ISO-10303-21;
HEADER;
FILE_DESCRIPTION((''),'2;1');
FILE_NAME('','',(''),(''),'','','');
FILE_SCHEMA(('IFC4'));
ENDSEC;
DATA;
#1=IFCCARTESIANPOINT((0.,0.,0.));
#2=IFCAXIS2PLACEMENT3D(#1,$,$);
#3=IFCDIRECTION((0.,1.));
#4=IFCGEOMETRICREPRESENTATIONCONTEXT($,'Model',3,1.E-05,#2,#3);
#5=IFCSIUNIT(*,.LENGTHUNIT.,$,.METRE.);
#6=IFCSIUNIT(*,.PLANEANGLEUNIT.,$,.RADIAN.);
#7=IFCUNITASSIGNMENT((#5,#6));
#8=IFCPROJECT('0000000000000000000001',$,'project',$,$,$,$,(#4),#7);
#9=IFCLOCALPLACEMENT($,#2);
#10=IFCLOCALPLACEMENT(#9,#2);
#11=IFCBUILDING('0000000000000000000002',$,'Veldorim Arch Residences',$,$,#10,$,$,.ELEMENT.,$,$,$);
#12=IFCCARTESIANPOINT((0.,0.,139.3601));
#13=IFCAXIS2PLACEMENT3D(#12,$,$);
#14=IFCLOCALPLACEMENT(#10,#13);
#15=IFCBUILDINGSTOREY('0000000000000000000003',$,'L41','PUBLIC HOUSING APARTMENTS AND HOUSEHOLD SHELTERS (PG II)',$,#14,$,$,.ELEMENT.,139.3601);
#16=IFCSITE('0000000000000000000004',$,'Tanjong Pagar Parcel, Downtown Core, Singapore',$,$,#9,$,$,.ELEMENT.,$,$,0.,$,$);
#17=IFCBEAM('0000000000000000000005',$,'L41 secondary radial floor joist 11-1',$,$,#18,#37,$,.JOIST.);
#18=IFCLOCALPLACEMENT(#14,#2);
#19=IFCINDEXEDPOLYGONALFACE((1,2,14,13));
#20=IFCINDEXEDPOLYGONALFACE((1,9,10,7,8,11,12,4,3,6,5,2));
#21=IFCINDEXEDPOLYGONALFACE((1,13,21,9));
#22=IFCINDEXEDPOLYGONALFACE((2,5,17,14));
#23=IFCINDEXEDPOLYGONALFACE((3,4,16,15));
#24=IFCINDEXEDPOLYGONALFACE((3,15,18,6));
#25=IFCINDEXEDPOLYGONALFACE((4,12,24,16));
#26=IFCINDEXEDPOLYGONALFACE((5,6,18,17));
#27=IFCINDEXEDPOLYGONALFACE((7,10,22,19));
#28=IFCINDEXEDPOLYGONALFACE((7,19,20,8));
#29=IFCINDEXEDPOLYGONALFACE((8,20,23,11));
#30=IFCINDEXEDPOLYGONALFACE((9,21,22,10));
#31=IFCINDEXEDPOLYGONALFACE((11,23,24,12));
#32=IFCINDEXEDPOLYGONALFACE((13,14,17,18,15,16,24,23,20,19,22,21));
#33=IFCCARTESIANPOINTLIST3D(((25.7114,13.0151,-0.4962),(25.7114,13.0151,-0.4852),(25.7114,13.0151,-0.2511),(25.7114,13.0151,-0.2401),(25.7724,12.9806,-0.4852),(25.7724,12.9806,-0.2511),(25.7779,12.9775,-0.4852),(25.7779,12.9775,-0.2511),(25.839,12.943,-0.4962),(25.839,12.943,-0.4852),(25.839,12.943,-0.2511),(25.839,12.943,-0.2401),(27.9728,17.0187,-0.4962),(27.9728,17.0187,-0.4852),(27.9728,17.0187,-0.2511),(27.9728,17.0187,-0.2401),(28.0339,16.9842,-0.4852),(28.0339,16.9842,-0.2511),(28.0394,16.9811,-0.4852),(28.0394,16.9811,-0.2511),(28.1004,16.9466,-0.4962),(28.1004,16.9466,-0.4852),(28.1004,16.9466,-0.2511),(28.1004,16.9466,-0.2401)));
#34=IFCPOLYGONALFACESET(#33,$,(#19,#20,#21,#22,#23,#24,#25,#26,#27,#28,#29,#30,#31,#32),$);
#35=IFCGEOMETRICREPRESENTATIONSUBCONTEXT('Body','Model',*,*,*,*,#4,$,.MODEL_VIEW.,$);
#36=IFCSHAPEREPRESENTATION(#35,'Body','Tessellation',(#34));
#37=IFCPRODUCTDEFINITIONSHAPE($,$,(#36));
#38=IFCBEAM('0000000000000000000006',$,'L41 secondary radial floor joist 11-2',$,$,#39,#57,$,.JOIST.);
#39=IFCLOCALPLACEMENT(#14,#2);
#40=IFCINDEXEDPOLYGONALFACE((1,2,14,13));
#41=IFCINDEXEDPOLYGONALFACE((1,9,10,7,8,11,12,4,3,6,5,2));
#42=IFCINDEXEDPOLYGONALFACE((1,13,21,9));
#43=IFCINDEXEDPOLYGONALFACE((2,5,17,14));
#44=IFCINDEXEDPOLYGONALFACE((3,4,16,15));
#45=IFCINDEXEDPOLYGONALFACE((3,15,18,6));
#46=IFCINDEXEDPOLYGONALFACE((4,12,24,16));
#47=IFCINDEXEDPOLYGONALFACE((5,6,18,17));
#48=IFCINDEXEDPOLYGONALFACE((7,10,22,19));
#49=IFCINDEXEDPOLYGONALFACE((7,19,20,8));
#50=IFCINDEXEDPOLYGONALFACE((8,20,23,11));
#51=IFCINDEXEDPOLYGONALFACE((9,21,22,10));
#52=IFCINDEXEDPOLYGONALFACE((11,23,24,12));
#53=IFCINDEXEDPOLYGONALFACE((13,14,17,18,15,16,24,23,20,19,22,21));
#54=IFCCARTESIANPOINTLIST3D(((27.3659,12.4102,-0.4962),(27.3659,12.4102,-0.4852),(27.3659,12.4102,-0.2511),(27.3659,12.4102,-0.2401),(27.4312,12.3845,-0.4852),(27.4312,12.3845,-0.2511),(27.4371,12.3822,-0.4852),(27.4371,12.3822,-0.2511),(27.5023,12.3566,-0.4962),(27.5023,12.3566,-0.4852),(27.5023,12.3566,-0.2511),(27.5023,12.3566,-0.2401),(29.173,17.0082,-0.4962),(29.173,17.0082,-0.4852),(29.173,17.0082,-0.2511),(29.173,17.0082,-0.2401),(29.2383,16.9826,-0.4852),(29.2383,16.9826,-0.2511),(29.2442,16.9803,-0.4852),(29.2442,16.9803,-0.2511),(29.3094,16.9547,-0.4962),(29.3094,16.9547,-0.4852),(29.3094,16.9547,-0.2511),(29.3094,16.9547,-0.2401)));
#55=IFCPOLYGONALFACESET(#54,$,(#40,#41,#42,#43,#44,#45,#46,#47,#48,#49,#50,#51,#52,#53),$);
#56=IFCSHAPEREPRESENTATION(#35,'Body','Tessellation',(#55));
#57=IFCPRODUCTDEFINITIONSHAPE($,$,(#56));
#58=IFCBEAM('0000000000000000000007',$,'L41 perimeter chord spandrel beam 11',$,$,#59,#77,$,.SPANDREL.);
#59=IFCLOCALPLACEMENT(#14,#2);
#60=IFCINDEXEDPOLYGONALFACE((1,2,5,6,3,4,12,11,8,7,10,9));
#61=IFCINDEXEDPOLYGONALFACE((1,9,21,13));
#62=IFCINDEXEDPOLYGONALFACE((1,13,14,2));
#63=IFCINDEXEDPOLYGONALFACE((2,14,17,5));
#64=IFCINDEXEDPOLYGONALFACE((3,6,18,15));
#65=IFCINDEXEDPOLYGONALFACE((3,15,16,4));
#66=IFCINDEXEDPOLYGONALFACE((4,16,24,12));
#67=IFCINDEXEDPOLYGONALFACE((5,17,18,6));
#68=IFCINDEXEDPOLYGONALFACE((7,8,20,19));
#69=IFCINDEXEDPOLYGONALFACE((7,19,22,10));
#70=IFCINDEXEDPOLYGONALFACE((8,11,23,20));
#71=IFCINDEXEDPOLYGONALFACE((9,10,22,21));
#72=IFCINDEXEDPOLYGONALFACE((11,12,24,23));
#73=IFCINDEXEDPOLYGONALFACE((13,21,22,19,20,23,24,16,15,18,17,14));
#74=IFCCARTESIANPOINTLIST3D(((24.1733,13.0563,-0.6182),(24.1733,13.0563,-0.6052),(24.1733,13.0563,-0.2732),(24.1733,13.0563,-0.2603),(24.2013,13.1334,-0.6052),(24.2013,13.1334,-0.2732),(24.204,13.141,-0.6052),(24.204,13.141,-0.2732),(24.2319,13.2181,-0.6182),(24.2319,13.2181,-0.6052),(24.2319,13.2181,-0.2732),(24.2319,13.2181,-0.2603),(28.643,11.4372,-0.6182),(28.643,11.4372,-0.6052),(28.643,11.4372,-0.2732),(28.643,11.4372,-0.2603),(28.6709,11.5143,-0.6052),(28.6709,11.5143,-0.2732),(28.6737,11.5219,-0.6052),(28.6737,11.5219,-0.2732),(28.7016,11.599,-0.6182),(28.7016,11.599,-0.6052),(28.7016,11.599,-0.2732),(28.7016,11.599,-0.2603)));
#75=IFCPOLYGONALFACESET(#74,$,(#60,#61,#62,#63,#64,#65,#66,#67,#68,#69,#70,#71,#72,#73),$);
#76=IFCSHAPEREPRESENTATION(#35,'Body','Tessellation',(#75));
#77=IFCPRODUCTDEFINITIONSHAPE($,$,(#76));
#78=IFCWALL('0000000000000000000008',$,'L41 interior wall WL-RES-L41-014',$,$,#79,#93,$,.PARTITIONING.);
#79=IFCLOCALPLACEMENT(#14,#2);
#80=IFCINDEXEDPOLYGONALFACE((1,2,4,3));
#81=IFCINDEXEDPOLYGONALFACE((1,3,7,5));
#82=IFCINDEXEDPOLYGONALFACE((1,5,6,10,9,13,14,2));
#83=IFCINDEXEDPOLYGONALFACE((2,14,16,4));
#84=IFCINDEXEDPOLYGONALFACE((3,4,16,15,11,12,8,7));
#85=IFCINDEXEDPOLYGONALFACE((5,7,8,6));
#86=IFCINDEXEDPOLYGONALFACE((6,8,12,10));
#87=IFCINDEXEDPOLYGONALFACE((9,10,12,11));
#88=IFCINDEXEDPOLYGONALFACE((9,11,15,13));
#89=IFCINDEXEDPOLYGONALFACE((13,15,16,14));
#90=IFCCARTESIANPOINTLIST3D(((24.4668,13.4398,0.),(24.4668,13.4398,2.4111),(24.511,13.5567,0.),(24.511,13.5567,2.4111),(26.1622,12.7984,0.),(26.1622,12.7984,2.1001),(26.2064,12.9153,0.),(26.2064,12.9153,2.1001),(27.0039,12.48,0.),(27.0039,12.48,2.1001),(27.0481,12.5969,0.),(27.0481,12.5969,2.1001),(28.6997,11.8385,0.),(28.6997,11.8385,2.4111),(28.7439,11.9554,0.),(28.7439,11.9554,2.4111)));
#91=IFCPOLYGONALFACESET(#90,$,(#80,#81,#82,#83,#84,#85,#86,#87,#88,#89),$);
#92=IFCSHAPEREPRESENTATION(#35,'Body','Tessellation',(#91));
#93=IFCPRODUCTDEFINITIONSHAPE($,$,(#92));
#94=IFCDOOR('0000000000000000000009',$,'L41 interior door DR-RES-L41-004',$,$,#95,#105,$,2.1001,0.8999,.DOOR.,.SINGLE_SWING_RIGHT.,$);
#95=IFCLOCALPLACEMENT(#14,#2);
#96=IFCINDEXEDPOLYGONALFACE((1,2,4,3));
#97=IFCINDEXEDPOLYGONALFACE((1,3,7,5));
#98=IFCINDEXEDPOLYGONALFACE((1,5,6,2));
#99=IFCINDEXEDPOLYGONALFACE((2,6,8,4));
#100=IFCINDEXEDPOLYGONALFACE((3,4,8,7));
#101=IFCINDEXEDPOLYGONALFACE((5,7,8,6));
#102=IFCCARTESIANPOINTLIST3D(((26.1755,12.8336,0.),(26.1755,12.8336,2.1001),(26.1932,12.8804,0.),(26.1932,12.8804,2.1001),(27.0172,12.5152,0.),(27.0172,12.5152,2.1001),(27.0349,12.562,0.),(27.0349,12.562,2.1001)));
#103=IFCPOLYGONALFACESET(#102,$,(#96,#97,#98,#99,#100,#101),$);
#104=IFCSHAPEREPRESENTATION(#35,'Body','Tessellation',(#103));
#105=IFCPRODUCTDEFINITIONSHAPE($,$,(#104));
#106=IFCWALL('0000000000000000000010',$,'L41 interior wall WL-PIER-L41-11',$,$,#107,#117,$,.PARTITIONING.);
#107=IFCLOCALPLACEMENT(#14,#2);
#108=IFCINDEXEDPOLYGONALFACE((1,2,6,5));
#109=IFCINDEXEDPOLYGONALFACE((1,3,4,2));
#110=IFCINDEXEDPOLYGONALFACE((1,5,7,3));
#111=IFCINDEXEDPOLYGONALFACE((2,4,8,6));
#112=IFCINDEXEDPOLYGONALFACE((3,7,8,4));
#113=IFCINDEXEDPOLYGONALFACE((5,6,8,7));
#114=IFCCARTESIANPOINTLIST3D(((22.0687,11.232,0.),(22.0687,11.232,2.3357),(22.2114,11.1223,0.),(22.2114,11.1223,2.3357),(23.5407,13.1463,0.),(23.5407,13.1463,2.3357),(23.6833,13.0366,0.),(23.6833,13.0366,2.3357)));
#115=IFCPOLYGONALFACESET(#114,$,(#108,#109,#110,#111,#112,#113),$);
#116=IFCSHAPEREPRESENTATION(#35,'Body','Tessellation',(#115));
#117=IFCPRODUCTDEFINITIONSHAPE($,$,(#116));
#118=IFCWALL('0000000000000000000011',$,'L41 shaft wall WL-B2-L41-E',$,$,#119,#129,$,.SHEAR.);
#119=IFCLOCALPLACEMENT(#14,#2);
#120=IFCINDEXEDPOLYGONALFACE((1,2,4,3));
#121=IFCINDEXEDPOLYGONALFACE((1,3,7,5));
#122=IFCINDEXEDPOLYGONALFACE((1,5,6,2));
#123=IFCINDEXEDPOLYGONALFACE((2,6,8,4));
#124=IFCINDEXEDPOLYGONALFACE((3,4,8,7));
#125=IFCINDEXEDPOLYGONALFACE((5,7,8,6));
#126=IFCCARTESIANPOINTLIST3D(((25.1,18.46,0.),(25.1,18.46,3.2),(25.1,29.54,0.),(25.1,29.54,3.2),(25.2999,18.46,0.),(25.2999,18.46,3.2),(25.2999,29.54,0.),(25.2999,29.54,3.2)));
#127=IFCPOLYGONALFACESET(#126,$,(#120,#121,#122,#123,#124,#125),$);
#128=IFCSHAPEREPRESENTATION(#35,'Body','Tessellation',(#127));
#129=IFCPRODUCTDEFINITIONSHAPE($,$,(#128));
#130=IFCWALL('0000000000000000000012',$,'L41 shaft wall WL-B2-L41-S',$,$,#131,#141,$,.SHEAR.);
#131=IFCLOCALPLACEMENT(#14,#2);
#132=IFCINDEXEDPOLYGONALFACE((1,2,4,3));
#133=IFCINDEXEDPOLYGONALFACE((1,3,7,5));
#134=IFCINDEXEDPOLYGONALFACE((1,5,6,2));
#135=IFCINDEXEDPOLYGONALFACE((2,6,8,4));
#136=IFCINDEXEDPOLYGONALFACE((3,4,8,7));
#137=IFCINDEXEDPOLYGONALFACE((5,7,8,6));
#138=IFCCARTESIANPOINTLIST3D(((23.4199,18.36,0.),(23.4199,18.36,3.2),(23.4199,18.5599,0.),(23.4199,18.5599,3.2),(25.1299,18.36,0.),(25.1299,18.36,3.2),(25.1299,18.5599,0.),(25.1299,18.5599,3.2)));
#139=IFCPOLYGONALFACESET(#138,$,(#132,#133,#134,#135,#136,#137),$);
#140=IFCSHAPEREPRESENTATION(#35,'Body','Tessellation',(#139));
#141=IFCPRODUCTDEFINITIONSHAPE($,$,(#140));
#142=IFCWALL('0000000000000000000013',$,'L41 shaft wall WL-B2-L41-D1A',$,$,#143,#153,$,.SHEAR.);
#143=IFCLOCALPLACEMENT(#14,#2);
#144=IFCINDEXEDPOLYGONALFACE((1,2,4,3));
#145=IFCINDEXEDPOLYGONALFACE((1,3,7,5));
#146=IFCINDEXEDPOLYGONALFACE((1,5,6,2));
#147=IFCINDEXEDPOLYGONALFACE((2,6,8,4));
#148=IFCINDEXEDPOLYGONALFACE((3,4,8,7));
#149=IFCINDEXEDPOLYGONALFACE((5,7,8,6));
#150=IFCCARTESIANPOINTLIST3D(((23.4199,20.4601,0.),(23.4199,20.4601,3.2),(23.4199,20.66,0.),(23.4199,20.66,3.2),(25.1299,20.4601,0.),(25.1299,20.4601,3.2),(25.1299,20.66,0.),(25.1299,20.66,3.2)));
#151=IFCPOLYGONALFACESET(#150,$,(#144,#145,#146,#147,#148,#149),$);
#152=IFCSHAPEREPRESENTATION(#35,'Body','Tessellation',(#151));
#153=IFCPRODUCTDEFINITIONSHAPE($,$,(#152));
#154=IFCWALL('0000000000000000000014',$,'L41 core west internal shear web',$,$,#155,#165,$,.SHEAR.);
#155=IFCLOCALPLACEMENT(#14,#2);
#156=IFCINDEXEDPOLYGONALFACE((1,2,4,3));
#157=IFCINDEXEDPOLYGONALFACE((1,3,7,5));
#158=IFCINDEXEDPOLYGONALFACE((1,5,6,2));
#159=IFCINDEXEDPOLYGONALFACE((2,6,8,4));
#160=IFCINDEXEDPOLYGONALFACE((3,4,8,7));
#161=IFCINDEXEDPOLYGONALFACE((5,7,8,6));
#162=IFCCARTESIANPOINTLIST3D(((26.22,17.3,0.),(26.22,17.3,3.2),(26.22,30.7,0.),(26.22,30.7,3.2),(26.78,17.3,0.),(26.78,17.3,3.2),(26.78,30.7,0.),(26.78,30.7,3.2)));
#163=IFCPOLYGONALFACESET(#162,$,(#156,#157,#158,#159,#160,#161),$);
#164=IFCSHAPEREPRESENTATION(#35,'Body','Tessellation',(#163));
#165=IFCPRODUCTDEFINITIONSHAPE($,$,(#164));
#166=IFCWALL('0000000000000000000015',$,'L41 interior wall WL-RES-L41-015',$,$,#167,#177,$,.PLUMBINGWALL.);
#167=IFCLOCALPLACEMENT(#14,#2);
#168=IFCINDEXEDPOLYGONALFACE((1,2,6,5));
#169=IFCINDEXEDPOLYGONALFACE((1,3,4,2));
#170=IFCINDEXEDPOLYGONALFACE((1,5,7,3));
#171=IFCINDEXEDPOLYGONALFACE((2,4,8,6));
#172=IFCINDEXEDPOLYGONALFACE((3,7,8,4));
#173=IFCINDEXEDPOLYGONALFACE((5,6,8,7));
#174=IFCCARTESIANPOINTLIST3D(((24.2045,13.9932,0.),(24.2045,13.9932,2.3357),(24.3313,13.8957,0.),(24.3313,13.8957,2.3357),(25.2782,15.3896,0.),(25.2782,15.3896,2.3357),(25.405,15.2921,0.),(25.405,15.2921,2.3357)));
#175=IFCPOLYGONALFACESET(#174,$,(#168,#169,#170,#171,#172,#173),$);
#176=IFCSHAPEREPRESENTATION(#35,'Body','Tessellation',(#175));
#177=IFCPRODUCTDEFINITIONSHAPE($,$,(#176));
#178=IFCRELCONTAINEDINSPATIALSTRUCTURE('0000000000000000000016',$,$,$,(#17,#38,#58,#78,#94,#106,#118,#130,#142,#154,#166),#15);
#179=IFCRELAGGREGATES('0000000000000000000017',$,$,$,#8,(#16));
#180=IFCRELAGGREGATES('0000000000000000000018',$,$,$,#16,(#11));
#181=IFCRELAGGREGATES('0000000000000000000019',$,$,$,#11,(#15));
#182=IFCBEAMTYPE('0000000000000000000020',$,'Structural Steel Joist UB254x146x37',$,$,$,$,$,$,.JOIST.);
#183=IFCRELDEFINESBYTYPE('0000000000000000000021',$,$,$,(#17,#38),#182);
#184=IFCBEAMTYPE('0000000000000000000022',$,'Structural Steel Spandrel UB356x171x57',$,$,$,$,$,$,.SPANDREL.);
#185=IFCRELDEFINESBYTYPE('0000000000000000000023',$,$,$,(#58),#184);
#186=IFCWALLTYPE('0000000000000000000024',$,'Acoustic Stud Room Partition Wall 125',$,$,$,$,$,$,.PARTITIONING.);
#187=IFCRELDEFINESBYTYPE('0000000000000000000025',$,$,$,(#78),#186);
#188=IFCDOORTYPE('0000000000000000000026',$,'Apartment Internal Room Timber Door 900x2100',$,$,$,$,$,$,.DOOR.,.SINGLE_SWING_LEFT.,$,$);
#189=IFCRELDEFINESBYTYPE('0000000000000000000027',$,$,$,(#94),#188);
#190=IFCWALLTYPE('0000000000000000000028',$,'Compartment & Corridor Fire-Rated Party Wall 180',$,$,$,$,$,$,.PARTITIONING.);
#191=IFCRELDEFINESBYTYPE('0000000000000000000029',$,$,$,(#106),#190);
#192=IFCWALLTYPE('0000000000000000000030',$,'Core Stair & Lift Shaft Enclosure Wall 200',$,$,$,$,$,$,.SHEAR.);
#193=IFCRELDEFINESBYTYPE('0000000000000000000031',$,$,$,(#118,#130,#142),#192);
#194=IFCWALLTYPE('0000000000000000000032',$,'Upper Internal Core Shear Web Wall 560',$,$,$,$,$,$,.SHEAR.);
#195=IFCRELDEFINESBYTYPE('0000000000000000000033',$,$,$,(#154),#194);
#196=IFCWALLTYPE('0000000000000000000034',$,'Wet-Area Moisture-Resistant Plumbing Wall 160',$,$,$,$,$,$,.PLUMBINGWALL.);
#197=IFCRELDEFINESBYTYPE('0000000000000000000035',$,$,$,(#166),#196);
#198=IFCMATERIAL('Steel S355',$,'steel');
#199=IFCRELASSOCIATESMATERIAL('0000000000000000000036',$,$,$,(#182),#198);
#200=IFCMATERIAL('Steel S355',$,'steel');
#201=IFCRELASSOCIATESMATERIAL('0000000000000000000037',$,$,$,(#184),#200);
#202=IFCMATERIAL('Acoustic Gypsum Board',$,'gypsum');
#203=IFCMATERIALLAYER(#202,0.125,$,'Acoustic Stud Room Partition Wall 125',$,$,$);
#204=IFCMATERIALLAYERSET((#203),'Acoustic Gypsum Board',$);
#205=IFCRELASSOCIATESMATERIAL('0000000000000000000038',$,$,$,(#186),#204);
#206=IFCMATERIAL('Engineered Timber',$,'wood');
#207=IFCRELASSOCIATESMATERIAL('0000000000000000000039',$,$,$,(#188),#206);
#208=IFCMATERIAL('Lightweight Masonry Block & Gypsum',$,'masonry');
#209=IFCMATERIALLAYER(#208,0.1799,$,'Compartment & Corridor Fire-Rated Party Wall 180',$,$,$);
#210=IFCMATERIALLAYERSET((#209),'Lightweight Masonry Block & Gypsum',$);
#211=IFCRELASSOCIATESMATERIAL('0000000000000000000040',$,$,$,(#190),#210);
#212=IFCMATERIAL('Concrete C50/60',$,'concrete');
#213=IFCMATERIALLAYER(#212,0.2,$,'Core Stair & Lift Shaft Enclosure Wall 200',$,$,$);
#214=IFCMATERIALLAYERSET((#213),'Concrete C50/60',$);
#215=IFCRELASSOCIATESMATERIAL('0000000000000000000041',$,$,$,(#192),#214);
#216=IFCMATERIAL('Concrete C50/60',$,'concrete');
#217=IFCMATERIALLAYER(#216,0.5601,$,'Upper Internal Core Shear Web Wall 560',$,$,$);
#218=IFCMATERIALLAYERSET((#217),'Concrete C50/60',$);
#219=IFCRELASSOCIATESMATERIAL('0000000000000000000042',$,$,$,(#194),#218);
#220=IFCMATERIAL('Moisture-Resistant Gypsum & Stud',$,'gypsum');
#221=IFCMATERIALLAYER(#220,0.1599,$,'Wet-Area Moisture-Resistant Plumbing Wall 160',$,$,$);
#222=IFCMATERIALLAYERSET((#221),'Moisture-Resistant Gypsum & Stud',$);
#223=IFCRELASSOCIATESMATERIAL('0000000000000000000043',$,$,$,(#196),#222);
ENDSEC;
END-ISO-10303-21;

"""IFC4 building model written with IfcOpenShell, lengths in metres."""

from ifc_helpers import new_model, si_unit, direction, frame, frame_2d, origin, origin_2d, place, context, subcontext, project, spatial, rectangle, i_section, extrude, material, layer, layer_set, material_profile, profile_set, type_object, element, fill, save


model = new_model("IFC4")

# Units and contexts
model_context = context("Model", 3, precision=1e-05, world=origin(), true_north=direction((0.0, 1.0)))
body_context = subcontext(model_context, "Body", "Model", "MODEL_VIEW")
ifc_project = project(units=[si_unit("LENGTHUNIT", "METRE"), si_unit("PLANEANGLEUNIT", "RADIAN")], contexts=[model_context])

# Site, building, storey
site_placement = place(None, origin())
site = spatial("IfcSite", under=ifc_project, at=site_placement, Name="Tanjong Pagar Parcel, Downtown Core, Singapore", CompositionType="ELEMENT", RefElevation=0.0)
building_placement = place(site_placement, origin())
building = spatial("IfcBuilding", under=site, at=building_placement, Name="Veldorim Arch Residences", CompositionType="ELEMENT")
storey_placement = place(building_placement, frame((0.0, 0.0, 139.3601)))
storey = spatial("IfcBuildingStorey", under=building, at=storey_placement, Name="L41", Description="PUBLIC HOUSING APARTMENTS AND HOUSEHOLD SHELTERS (PG II)", CompositionType="ELEMENT", Elevation=139.3601)

# Beams
ifc_material_1 = material(Name="Steel S355", Category="steel")
ifc_material_profile_1 = material_profile(ifc_material_1, i_section(OverallWidth=0.1465, OverallDepth=0.2561, WebThickness=0.0063, FlangeThickness=0.011, at=origin_2d()), Name="UB254x146x37")
ifc_profile_set_1 = profile_set([ifc_material_profile_1], Name="Steel S355")
beam_type_1 = type_object("IfcBeamType", Name="Structural Steel Joist UB254x146x37", PredefinedType="JOIST", material=ifc_profile_set_1)
beam_1_placement = place(storey_placement, frame((28.0366, 16.9827, -0.3682), z_axis=(-0.491816, -0.870699, 0.0), x_axis=(0.870699, -0.491816, 0.0)))
element("IfcBeam", 1, at=beam_1_placement, inside=storey, type_object=beam_type_1, Name="L41 secondary radial floor joist 11-1", PredefinedType="JOIST", context=body_context, shape_type="SweptSolid", body=[
    extrude(i_section(OverallWidth=0.1465, OverallDepth=0.2561, WebThickness=0.0063, FlangeThickness=0.011, at=origin_2d()), origin(), (0.0, 0.0, 1.0), 4.5981),
])
beam_2_placement = place(storey_placement, frame((29.2412, 16.9814, -0.3682), z_axis=(-0.365778, -0.930702, 0.0), x_axis=(0.930702, -0.365778, 0.0)))
element("IfcBeam", 2, at=beam_2_placement, inside=storey, type_object=beam_type_1, Name="L41 secondary radial floor joist 11-2", PredefinedType="JOIST", context=body_context, shape_type="SweptSolid", body=[
    extrude(i_section(OverallWidth=0.1465, OverallDepth=0.2561, WebThickness=0.0063, FlangeThickness=0.011, at=origin_2d()), origin(), (0.0, 0.0, 1.0), 4.9404),
])
ifc_material_2 = material(Name="Steel S355", Category="steel")
ifc_material_profile_2 = material_profile(ifc_material_2, i_section(OverallWidth=0.1721, OverallDepth=0.3579, WebThickness=0.0081, FlangeThickness=0.0129, at=origin_2d()), Name="UB356x171x57")
ifc_profile_set_2 = profile_set([ifc_material_profile_2], Name="Steel S355")
beam_type_2 = type_object("IfcBeamType", Name="Structural Steel Spandrel UB356x171x57", PredefinedType="SPANDREL", material=ifc_profile_set_2)
beam_3_placement = place(storey_placement, frame((24.2026, 13.1372, -0.4392), z_axis=(0.940213, -0.340588, 0.0), x_axis=(0.340588, 0.940213, 0.0)))
element("IfcBeam", 3, at=beam_3_placement, inside=storey, type_object=beam_type_2, Name="L41 perimeter chord spandrel beam 11", PredefinedType="SPANDREL", context=body_context, shape_type="SweptSolid", body=[
    extrude(i_section(OverallWidth=0.1721, OverallDepth=0.3579, WebThickness=0.0081, FlangeThickness=0.0129, at=origin_2d()), origin(), (0.0, 0.0, 1.0), 4.7539),
])

# Wall, opening, door
ifc_material_3 = material(Name="Acoustic Gypsum Board", Category="gypsum")
ifc_layer_1 = layer(ifc_material_3, 0.125, Name="Acoustic Stud Room Partition Wall 125")
ifc_layer_set_1 = layer_set([ifc_layer_1], Name="Acoustic Gypsum Board")
wall_type_1 = type_object("IfcWallType", Name="Acoustic Stud Room Partition Wall 125", PredefinedType="PARTITIONING", material=ifc_layer_set_1)
wall_1_placement = place(storey_placement, frame((28.7217, 11.897, 0.0), z_axis=(0.0, 0.0, 1.0), x_axis=(-0.93531, 0.35383, 0.0)))
wall_1 = element("IfcWall", 4, at=wall_1_placement, inside=storey, type_object=wall_type_1, Name="L41 interior wall WL-RES-L41-014", PredefinedType="PARTITIONING", context=body_context, shape_type="SweptSolid", body=[
    extrude(rectangle(XDim=4.5256, YDim=0.125, at=frame_2d((2.2627, 0.0))), origin(), (0.0, 0.0, 1.0), 2.4111),
])
opening_1_placement = place(wall_1_placement, frame((1.813, 0.0, 0.0)))
opening_1 = element("IfcOpeningElement", 5, at=opening_1_placement, cuts=wall_1, PredefinedType="OPENING", context=body_context, shape_type="SweptSolid", body=[
    extrude(rectangle(XDim=0.8999, YDim=2.1001, at=frame_2d((0.45, 1.05))), frame((0.0, 0.0725, 0.0), z_axis=(0.0, -1.0, 0.0), x_axis=(1.0, 0.0, 0.0)), (0.0, 0.0, 1.0), 0.145),
])
ifc_material_4 = material(Name="Engineered Timber", Category="wood")
door_type_1 = type_object("IfcDoorType", Name="Apartment Internal Room Timber Door 900x2100", OperationType="SINGLE_SWING_LEFT", PredefinedType="DOOR", material=ifc_material_4)
door_1_placement = place(opening_1_placement, origin())
door_1 = element("IfcDoor", 6, at=door_1_placement, inside=storey, type_object=door_type_1, Name="L41 interior door DR-RES-L41-004", OperationType="SINGLE_SWING_RIGHT", OverallHeight=2.1001, OverallWidth=0.8999, PredefinedType="DOOR", context=body_context, shape_type="SweptSolid", body=[
    extrude(rectangle(XDim=0.8999, YDim=2.1001, at=frame_2d((0.45, 1.05))), frame((0.0, 0.0249, 0.0), z_axis=(0.0, -1.0, 0.0), x_axis=(1.0, 0.0, 0.0)), (0.0, 0.0, 1.0), 0.05),
])
fill(opening_1, door_1)

# Walls
ifc_material_5 = material(Name="Lightweight Masonry Block & Gypsum", Category="masonry")
ifc_layer_2 = layer(ifc_material_5, 0.1799, Name="Compartment & Corridor Fire-Rated Party Wall 180")
ifc_layer_set_2 = layer_set([ifc_layer_2], Name="Lightweight Masonry Block & Gypsum")
wall_type_2 = type_object("IfcWallType", Name="Compartment & Corridor Fire-Rated Party Wall 180", PredefinedType="PARTITIONING", material=ifc_layer_set_2)
wall_2_placement = place(storey_placement, frame((23.6121, 13.0916, 0.0), z_axis=(0.0, 0.0, 1.0), x_axis=(-0.60955, -0.792748, 0.0)))
element("IfcWall", 7, at=wall_2_placement, inside=storey, type_object=wall_type_2, Name="L41 interior wall WL-PIER-L41-11", PredefinedType="PARTITIONING", context=body_context, shape_type="SweptSolid", body=[
    extrude(rectangle(XDim=2.4148, YDim=0.1799, at=frame_2d((1.2075, 0.0))), origin(), (0.0, 0.0, 1.0), 2.3357),
])
ifc_material_6 = material(Name="Concrete C50/60", Category="concrete")
ifc_layer_3 = layer(ifc_material_6, 0.2, Name="Core Stair & Lift Shaft Enclosure Wall 200")
ifc_layer_set_3 = layer_set([ifc_layer_3], Name="Concrete C50/60")
wall_type_3 = type_object("IfcWallType", Name="Core Stair & Lift Shaft Enclosure Wall 200", PredefinedType="SHEAR", material=ifc_layer_set_3)
wall_3_placement = place(storey_placement, frame((25.2, 18.46, 0.0), z_axis=(0.0, 0.0, 1.0), x_axis=(0.0, 1.0, 0.0)))
element("IfcWall", 8, at=wall_3_placement, inside=storey, type_object=wall_type_3, Name="L41 shaft wall WL-B2-L41-E", PredefinedType="SHEAR", context=body_context, shape_type="SweptSolid", body=[
    extrude(rectangle(XDim=11.0801, YDim=0.2, at=frame_2d((5.54, 0.0))), origin(), (0.0, 0.0, 1.0), 3.2),
])
for number, where, z_axis, x_axis, name in (
    (9, (23.4199, 18.46, 0.0), (0.0, 0.0, 1.0), (1.0, 0.0, 0.0), "L41 shaft wall WL-B2-L41-S"),
    (10, (23.4199, 20.5601, 0.0), (0.0, 0.0, 1.0), (1.0, 0.0, 0.0), "L41 shaft wall WL-B2-L41-D1A"),
):
    element("IfcWall", number, at=place(storey_placement, frame(where, z_axis=z_axis, x_axis=x_axis)), inside=storey, type_object=wall_type_3, Name=name, PredefinedType="SHEAR", context=body_context, shape_type="SweptSolid", body=[
        extrude(rectangle(XDim=1.71, YDim=0.2, at=frame_2d((0.855, 0.0))), origin(), (0.0, 0.0, 1.0), 3.2),
    ])

# Walls
ifc_material_7 = material(Name="Concrete C50/60", Category="concrete")
ifc_layer_4 = layer(ifc_material_7, 0.5601, Name="Upper Internal Core Shear Web Wall 560")
ifc_layer_set_4 = layer_set([ifc_layer_4], Name="Concrete C50/60")
wall_type_4 = type_object("IfcWallType", Name="Upper Internal Core Shear Web Wall 560", PredefinedType="SHEAR", material=ifc_layer_set_4)
wall_4_placement = place(storey_placement, frame((26.5, 17.3, 0.0), z_axis=(0.0, 0.0, 1.0), x_axis=(0.0, 1.0, 0.0)))
element("IfcWall", 11, at=wall_4_placement, inside=storey, type_object=wall_type_4, Name="L41 core west internal shear web", PredefinedType="SHEAR", context=body_context, shape_type="SweptSolid", body=[
    extrude(rectangle(XDim=13.3999, YDim=0.5601, at=frame_2d((6.7, 0.0))), origin(), (0.0, 0.0, 1.0), 3.2),
])
ifc_material_8 = material(Name="Moisture-Resistant Gypsum & Stud", Category="gypsum")
ifc_layer_5 = layer(ifc_material_8, 0.1599, Name="Wet-Area Moisture-Resistant Plumbing Wall 160")
ifc_layer_set_5 = layer_set([ifc_layer_5], Name="Moisture-Resistant Gypsum & Stud")
wall_type_5 = type_object("IfcWallType", Name="Wet-Area Moisture-Resistant Plumbing Wall 160", PredefinedType="PLUMBINGWALL", material=ifc_layer_set_5)
wall_5_placement = place(storey_placement, frame((24.2678, 13.9443, 0.0), z_axis=(0.0, 0.0, 1.0), x_axis=(0.609537, 0.792758, 0.0)))
element("IfcWall", 12, at=wall_5_placement, inside=storey, type_object=wall_type_5, Name="L41 interior wall WL-RES-L41-015", PredefinedType="PLUMBINGWALL", context=body_context, shape_type="SweptSolid", body=[
    extrude(rectangle(XDim=1.7615, YDim=0.1599, at=frame_2d((0.8809, 0.0))), origin(), (0.0, 0.0, 1.0), 2.3357),
])

save(model, "model.ifc")
